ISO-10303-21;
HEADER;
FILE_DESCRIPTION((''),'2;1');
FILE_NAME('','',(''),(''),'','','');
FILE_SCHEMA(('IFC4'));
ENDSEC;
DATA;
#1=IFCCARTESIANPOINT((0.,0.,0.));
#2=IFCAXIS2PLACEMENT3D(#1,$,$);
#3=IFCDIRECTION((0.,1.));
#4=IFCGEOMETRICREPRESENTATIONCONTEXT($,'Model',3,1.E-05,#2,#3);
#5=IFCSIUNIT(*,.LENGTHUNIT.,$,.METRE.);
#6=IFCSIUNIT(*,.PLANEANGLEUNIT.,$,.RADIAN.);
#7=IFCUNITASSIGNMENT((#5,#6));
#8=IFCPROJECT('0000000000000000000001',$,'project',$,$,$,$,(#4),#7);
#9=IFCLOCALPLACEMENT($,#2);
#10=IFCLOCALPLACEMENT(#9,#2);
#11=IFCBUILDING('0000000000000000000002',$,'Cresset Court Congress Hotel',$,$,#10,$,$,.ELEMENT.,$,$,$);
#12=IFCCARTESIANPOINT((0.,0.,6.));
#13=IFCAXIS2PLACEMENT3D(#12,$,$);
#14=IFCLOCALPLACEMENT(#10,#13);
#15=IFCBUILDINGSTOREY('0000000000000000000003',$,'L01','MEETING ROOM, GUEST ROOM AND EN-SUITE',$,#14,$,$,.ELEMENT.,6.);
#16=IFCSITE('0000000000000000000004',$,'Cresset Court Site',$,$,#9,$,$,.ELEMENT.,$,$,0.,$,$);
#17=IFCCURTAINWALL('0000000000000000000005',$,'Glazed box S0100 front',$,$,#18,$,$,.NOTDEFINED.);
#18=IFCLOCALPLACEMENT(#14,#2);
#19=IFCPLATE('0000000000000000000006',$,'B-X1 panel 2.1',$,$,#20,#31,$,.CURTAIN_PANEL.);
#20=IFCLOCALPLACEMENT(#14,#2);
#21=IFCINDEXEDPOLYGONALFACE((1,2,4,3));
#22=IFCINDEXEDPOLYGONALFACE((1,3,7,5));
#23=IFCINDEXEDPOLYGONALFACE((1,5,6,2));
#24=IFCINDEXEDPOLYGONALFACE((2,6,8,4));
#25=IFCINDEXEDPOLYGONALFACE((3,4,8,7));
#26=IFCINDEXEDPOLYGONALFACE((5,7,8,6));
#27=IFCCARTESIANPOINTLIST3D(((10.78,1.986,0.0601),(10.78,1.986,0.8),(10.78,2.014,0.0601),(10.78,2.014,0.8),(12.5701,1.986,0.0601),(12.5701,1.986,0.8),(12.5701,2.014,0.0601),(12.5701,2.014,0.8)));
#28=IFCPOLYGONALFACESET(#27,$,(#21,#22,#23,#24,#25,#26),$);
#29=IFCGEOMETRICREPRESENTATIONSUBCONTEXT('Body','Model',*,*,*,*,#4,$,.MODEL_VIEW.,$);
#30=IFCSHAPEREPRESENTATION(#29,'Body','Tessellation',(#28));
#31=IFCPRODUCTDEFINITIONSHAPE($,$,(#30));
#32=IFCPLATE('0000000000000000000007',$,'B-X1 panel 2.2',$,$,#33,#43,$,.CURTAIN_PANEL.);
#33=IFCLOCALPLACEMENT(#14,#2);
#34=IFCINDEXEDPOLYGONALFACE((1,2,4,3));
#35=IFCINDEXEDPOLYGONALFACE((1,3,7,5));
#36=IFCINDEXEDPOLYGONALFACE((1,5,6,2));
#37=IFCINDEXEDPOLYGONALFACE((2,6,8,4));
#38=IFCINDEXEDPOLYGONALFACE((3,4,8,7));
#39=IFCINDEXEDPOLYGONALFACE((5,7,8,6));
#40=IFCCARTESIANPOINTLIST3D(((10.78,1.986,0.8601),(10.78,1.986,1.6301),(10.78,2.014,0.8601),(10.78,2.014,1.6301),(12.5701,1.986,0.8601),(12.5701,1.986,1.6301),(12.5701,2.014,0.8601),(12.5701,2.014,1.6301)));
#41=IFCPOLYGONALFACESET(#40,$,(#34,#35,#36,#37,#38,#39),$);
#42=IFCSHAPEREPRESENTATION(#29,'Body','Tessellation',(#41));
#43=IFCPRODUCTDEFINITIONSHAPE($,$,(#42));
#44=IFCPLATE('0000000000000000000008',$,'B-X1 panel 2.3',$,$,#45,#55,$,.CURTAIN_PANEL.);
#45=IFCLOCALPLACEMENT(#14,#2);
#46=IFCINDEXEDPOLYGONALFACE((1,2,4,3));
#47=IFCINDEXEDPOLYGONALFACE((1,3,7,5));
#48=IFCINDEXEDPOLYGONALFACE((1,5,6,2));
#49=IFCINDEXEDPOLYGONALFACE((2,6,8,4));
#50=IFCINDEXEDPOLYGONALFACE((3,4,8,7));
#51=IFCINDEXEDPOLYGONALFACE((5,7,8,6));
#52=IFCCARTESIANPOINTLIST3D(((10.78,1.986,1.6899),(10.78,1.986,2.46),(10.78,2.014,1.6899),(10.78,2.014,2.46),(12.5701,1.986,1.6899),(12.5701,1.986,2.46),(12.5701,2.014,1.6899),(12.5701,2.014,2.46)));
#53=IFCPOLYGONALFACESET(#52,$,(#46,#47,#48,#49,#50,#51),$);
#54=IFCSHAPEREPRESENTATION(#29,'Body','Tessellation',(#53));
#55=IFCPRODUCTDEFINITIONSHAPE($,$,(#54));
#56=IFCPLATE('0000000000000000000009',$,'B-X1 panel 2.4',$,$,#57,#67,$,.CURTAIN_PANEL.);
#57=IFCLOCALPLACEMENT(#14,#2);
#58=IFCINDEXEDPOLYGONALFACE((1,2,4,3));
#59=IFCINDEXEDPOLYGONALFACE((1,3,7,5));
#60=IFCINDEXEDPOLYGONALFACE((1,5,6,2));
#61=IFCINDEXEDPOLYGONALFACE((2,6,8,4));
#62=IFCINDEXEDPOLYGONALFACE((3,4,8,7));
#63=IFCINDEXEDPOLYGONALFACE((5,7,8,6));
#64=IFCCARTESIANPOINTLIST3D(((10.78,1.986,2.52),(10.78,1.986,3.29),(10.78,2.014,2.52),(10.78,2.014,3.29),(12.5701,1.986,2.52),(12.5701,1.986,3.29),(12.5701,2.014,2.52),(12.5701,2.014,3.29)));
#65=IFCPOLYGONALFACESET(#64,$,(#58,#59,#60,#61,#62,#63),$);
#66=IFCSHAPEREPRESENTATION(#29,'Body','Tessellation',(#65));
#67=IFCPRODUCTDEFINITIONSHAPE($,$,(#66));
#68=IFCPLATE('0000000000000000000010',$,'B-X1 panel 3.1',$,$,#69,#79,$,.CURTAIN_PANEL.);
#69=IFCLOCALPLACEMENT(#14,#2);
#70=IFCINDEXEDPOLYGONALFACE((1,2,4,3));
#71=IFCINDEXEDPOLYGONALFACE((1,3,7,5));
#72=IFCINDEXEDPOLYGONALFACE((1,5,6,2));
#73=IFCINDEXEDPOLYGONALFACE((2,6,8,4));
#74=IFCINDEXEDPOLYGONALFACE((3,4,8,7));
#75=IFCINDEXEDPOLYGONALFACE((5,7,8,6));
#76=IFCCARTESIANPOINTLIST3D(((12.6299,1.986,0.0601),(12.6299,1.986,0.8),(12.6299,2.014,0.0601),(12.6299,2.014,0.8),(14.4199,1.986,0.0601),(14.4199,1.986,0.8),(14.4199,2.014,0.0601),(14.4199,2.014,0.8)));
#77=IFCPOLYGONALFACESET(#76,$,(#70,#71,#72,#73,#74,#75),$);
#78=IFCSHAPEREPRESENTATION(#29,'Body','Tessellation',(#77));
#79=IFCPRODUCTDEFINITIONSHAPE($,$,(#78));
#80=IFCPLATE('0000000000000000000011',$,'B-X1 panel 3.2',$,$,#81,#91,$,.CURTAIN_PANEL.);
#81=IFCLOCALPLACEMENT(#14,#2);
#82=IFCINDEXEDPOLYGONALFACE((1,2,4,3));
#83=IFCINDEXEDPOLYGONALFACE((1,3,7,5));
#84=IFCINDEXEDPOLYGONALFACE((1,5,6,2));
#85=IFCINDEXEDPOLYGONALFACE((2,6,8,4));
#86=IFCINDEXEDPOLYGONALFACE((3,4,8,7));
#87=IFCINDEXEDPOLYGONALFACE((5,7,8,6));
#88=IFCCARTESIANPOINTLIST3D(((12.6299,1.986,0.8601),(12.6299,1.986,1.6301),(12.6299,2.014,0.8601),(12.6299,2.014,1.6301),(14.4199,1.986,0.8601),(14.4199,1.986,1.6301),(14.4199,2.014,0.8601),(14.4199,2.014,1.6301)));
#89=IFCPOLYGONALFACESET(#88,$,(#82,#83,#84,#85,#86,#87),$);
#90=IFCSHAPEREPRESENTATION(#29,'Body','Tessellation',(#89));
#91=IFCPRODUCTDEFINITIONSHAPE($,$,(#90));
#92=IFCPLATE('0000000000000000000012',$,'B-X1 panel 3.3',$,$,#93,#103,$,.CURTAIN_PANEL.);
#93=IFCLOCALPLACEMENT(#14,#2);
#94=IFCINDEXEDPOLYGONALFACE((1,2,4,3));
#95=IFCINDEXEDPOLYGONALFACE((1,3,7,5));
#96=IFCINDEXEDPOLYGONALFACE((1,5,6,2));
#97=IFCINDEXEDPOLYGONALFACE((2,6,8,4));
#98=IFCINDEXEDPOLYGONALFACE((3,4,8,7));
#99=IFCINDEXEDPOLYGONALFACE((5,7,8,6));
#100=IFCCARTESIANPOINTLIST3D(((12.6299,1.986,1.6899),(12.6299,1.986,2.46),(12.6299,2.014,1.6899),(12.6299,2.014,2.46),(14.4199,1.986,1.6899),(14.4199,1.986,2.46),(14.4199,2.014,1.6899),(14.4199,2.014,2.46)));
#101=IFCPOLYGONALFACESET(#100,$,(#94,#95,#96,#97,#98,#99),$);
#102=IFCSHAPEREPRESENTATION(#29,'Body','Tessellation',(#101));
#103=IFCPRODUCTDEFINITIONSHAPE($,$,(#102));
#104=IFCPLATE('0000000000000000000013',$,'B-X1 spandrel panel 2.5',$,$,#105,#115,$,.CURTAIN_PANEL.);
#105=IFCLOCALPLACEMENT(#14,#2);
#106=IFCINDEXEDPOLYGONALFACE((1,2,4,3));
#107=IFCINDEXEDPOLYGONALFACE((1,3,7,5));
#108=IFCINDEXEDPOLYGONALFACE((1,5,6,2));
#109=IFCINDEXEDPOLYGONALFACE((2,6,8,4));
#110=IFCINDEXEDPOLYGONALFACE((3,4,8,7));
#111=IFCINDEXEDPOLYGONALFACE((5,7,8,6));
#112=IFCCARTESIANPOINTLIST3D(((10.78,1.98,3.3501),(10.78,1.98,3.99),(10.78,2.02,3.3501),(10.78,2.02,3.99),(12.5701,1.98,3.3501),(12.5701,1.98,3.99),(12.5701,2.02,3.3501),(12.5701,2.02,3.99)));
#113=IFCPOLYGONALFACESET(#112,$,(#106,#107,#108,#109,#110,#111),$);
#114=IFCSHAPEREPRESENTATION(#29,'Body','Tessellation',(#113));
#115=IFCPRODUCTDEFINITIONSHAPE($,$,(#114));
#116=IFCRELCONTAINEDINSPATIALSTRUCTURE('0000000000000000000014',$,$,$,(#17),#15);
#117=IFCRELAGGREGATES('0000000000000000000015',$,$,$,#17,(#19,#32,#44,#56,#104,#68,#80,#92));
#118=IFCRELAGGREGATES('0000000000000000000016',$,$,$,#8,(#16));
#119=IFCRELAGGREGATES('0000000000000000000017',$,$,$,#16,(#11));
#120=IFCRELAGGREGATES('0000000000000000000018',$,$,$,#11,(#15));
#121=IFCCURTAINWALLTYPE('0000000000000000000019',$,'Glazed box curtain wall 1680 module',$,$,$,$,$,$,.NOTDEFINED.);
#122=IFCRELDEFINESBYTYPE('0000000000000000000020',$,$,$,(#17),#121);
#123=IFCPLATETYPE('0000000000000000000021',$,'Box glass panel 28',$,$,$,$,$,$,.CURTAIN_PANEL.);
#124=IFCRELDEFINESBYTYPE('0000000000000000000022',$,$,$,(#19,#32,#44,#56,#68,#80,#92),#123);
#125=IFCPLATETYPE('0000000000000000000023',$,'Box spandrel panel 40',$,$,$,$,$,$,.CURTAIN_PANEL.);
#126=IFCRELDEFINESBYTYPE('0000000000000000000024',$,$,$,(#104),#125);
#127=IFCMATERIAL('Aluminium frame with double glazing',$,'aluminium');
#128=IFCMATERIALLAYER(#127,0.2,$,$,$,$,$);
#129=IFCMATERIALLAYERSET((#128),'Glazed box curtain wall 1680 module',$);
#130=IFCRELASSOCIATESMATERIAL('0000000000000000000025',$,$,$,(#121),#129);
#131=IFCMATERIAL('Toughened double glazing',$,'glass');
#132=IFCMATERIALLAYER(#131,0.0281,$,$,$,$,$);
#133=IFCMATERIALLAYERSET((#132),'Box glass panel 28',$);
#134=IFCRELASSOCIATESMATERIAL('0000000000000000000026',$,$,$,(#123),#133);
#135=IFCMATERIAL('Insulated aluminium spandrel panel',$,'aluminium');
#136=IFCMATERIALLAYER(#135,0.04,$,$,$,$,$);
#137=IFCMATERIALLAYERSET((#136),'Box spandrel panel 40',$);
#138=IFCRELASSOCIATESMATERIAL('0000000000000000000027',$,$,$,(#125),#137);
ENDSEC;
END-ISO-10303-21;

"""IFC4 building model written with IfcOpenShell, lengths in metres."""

from ifc_helpers import new_model, si_unit, direction, frame, origin, origin_2d, place, context, subcontext, project, spatial, rectangle, extrude, material, layer, layer_set, type_object, element, aggregate, save


model = new_model("IFC4")

# Units and contexts
model_context = context("Model", 3, precision=1e-05, world=origin(), true_north=direction((0.0, 1.0)))
body_context = subcontext(model_context, "Body", "Model", "MODEL_VIEW")
ifc_project = project(units=[si_unit("LENGTHUNIT", "METRE"), si_unit("PLANEANGLEUNIT", "RADIAN")], contexts=[model_context])

# Site, building, storey
site_placement = place(None, origin())
site = spatial("IfcSite", under=ifc_project, at=site_placement, Name="Cresset Court Site", CompositionType="ELEMENT", RefElevation=0.0)
building_placement = place(site_placement, origin())
building = spatial("IfcBuilding", under=site, at=building_placement, Name="Cresset Court Congress Hotel", CompositionType="ELEMENT")
storey_placement = place(building_placement, frame((0.0, 0.0, 6.0)))
storey = spatial("IfcBuildingStorey", under=building, at=storey_placement, Name="L01", Description="MEETING ROOM, GUEST ROOM AND EN-SUITE", CompositionType="ELEMENT", Elevation=6.0)

# Curtain wall, plates
ifc_material_1 = material(Name="Aluminium frame with double glazing", Category="aluminium")
ifc_layer_1 = layer(ifc_material_1, 0.2)
ifc_layer_set_1 = layer_set([ifc_layer_1], Name="Glazed box curtain wall 1680 module")
curtain_wall_type = type_object("IfcCurtainWallType", Name="Glazed box curtain wall 1680 module", PredefinedType="NOTDEFINED", material=ifc_layer_set_1)
curtain_wall_placement = place(storey_placement, origin())
curtain_wall = element("IfcCurtainWall", 1, at=curtain_wall_placement, inside=storey, type_object=curtain_wall_type, Name="Glazed box S0100 front", PredefinedType="NOTDEFINED")
ifc_material_2 = material(Name="Toughened double glazing", Category="glass")
ifc_layer_2 = layer(ifc_material_2, 0.0281)
ifc_layer_set_2 = layer_set([ifc_layer_2], Name="Box glass panel 28")
plate_type_1 = type_object("IfcPlateType", Name="Box glass panel 28", PredefinedType="CURTAIN_PANEL", material=ifc_layer_set_2)
plate_1_placement = place(storey_placement, frame((11.675, 2.0, 0.0601), z_axis=(0.0, 0.0, 1.0), x_axis=(1.0, 0.0, 0.0)))
plate_1 = element("IfcPlate", 2, at=plate_1_placement, type_object=plate_type_1, Name="B-X1 panel 2.1", PredefinedType="CURTAIN_PANEL", context=body_context, shape_type="SweptSolid", body=[
    extrude(rectangle(XDim=1.79, YDim=0.0281, at=origin_2d()), origin(), (0.0, 0.0, 1.0), 0.74),
])
plate_2_placement = place(storey_placement, frame((11.675, 2.0, 0.8601), z_axis=(0.0, 0.0, 1.0), x_axis=(1.0, 0.0, 0.0)))
plate_2 = element("IfcPlate", 3, at=plate_2_placement, type_object=plate_type_1, Name="B-X1 panel 2.2", PredefinedType="CURTAIN_PANEL", context=body_context, shape_type="SweptSolid", body=[
    extrude(rectangle(XDim=1.79, YDim=0.0281, at=origin_2d()), origin(), (0.0, 0.0, 1.0), 0.77),
])
plate_3_placement = place(storey_placement, frame((11.675, 2.0, 1.6899), z_axis=(0.0, 0.0, 1.0), x_axis=(1.0, 0.0, 0.0)))
plate_3 = element("IfcPlate", 4, at=plate_3_placement, type_object=plate_type_1, Name="B-X1 panel 2.3", PredefinedType="CURTAIN_PANEL", context=body_context, shape_type="SweptSolid", body=[
    extrude(rectangle(XDim=1.79, YDim=0.0281, at=origin_2d()), origin(), (0.0, 0.0, 1.0), 0.77),
])
plate_4_placement = place(storey_placement, frame((11.675, 2.0, 2.52), z_axis=(0.0, 0.0, 1.0), x_axis=(1.0, 0.0, 0.0)))
plate_4 = element("IfcPlate", 5, at=plate_4_placement, type_object=plate_type_1, Name="B-X1 panel 2.4", PredefinedType="CURTAIN_PANEL", context=body_context, shape_type="SweptSolid", body=[
    extrude(rectangle(XDim=1.79, YDim=0.0281, at=origin_2d()), origin(), (0.0, 0.0, 1.0), 0.77),
])
plate_5_placement = place(storey_placement, frame((13.5249, 2.0, 0.0601), z_axis=(0.0, 0.0, 1.0), x_axis=(1.0, 0.0, 0.0)))
plate_5 = element("IfcPlate", 6, at=plate_5_placement, type_object=plate_type_1, Name="B-X1 panel 3.1", PredefinedType="CURTAIN_PANEL", context=body_context, shape_type="SweptSolid", body=[
    extrude(rectangle(XDim=1.79, YDim=0.0281, at=origin_2d()), origin(), (0.0, 0.0, 1.0), 0.74),
])
plate_6_placement = place(storey_placement, frame((13.5249, 2.0, 0.8601), z_axis=(0.0, 0.0, 1.0), x_axis=(1.0, 0.0, 0.0)))
plate_6 = element("IfcPlate", 7, at=plate_6_placement, type_object=plate_type_1, Name="B-X1 panel 3.2", PredefinedType="CURTAIN_PANEL", context=body_context, shape_type="SweptSolid", body=[
    extrude(rectangle(XDim=1.79, YDim=0.0281, at=origin_2d()), origin(), (0.0, 0.0, 1.0), 0.77),
])
plate_7_placement = place(storey_placement, frame((13.5249, 2.0, 1.6899), z_axis=(0.0, 0.0, 1.0), x_axis=(1.0, 0.0, 0.0)))
plate_7 = element("IfcPlate", 8, at=plate_7_placement, type_object=plate_type_1, Name="B-X1 panel 3.3", PredefinedType="CURTAIN_PANEL", context=body_context, shape_type="SweptSolid", body=[
    extrude(rectangle(XDim=1.79, YDim=0.0281, at=origin_2d()), origin(), (0.0, 0.0, 1.0), 0.77),
])
ifc_material_3 = material(Name="Insulated aluminium spandrel panel", Category="aluminium")
ifc_layer_3 = layer(ifc_material_3, 0.04)
ifc_layer_set_3 = layer_set([ifc_layer_3], Name="Box spandrel panel 40")
plate_type_2 = type_object("IfcPlateType", Name="Box spandrel panel 40", PredefinedType="CURTAIN_PANEL", material=ifc_layer_set_3)
plate_8_placement = place(storey_placement, frame((11.675, 2.0, 3.3501), z_axis=(0.0, 0.0, 1.0), x_axis=(1.0, 0.0, 0.0)))
plate_8 = element("IfcPlate", 9, at=plate_8_placement, type_object=plate_type_2, Name="B-X1 spandrel panel 2.5", PredefinedType="CURTAIN_PANEL", context=body_context, shape_type="SweptSolid", body=[
    extrude(rectangle(XDim=1.79, YDim=0.04, at=origin_2d()), origin(), (0.0, 0.0, 1.0), 0.6399),
])
aggregate(curtain_wall, [plate_1, plate_2, plate_3, plate_4, plate_8, plate_5, plate_6, plate_7])

save(model, "model.ifc")
